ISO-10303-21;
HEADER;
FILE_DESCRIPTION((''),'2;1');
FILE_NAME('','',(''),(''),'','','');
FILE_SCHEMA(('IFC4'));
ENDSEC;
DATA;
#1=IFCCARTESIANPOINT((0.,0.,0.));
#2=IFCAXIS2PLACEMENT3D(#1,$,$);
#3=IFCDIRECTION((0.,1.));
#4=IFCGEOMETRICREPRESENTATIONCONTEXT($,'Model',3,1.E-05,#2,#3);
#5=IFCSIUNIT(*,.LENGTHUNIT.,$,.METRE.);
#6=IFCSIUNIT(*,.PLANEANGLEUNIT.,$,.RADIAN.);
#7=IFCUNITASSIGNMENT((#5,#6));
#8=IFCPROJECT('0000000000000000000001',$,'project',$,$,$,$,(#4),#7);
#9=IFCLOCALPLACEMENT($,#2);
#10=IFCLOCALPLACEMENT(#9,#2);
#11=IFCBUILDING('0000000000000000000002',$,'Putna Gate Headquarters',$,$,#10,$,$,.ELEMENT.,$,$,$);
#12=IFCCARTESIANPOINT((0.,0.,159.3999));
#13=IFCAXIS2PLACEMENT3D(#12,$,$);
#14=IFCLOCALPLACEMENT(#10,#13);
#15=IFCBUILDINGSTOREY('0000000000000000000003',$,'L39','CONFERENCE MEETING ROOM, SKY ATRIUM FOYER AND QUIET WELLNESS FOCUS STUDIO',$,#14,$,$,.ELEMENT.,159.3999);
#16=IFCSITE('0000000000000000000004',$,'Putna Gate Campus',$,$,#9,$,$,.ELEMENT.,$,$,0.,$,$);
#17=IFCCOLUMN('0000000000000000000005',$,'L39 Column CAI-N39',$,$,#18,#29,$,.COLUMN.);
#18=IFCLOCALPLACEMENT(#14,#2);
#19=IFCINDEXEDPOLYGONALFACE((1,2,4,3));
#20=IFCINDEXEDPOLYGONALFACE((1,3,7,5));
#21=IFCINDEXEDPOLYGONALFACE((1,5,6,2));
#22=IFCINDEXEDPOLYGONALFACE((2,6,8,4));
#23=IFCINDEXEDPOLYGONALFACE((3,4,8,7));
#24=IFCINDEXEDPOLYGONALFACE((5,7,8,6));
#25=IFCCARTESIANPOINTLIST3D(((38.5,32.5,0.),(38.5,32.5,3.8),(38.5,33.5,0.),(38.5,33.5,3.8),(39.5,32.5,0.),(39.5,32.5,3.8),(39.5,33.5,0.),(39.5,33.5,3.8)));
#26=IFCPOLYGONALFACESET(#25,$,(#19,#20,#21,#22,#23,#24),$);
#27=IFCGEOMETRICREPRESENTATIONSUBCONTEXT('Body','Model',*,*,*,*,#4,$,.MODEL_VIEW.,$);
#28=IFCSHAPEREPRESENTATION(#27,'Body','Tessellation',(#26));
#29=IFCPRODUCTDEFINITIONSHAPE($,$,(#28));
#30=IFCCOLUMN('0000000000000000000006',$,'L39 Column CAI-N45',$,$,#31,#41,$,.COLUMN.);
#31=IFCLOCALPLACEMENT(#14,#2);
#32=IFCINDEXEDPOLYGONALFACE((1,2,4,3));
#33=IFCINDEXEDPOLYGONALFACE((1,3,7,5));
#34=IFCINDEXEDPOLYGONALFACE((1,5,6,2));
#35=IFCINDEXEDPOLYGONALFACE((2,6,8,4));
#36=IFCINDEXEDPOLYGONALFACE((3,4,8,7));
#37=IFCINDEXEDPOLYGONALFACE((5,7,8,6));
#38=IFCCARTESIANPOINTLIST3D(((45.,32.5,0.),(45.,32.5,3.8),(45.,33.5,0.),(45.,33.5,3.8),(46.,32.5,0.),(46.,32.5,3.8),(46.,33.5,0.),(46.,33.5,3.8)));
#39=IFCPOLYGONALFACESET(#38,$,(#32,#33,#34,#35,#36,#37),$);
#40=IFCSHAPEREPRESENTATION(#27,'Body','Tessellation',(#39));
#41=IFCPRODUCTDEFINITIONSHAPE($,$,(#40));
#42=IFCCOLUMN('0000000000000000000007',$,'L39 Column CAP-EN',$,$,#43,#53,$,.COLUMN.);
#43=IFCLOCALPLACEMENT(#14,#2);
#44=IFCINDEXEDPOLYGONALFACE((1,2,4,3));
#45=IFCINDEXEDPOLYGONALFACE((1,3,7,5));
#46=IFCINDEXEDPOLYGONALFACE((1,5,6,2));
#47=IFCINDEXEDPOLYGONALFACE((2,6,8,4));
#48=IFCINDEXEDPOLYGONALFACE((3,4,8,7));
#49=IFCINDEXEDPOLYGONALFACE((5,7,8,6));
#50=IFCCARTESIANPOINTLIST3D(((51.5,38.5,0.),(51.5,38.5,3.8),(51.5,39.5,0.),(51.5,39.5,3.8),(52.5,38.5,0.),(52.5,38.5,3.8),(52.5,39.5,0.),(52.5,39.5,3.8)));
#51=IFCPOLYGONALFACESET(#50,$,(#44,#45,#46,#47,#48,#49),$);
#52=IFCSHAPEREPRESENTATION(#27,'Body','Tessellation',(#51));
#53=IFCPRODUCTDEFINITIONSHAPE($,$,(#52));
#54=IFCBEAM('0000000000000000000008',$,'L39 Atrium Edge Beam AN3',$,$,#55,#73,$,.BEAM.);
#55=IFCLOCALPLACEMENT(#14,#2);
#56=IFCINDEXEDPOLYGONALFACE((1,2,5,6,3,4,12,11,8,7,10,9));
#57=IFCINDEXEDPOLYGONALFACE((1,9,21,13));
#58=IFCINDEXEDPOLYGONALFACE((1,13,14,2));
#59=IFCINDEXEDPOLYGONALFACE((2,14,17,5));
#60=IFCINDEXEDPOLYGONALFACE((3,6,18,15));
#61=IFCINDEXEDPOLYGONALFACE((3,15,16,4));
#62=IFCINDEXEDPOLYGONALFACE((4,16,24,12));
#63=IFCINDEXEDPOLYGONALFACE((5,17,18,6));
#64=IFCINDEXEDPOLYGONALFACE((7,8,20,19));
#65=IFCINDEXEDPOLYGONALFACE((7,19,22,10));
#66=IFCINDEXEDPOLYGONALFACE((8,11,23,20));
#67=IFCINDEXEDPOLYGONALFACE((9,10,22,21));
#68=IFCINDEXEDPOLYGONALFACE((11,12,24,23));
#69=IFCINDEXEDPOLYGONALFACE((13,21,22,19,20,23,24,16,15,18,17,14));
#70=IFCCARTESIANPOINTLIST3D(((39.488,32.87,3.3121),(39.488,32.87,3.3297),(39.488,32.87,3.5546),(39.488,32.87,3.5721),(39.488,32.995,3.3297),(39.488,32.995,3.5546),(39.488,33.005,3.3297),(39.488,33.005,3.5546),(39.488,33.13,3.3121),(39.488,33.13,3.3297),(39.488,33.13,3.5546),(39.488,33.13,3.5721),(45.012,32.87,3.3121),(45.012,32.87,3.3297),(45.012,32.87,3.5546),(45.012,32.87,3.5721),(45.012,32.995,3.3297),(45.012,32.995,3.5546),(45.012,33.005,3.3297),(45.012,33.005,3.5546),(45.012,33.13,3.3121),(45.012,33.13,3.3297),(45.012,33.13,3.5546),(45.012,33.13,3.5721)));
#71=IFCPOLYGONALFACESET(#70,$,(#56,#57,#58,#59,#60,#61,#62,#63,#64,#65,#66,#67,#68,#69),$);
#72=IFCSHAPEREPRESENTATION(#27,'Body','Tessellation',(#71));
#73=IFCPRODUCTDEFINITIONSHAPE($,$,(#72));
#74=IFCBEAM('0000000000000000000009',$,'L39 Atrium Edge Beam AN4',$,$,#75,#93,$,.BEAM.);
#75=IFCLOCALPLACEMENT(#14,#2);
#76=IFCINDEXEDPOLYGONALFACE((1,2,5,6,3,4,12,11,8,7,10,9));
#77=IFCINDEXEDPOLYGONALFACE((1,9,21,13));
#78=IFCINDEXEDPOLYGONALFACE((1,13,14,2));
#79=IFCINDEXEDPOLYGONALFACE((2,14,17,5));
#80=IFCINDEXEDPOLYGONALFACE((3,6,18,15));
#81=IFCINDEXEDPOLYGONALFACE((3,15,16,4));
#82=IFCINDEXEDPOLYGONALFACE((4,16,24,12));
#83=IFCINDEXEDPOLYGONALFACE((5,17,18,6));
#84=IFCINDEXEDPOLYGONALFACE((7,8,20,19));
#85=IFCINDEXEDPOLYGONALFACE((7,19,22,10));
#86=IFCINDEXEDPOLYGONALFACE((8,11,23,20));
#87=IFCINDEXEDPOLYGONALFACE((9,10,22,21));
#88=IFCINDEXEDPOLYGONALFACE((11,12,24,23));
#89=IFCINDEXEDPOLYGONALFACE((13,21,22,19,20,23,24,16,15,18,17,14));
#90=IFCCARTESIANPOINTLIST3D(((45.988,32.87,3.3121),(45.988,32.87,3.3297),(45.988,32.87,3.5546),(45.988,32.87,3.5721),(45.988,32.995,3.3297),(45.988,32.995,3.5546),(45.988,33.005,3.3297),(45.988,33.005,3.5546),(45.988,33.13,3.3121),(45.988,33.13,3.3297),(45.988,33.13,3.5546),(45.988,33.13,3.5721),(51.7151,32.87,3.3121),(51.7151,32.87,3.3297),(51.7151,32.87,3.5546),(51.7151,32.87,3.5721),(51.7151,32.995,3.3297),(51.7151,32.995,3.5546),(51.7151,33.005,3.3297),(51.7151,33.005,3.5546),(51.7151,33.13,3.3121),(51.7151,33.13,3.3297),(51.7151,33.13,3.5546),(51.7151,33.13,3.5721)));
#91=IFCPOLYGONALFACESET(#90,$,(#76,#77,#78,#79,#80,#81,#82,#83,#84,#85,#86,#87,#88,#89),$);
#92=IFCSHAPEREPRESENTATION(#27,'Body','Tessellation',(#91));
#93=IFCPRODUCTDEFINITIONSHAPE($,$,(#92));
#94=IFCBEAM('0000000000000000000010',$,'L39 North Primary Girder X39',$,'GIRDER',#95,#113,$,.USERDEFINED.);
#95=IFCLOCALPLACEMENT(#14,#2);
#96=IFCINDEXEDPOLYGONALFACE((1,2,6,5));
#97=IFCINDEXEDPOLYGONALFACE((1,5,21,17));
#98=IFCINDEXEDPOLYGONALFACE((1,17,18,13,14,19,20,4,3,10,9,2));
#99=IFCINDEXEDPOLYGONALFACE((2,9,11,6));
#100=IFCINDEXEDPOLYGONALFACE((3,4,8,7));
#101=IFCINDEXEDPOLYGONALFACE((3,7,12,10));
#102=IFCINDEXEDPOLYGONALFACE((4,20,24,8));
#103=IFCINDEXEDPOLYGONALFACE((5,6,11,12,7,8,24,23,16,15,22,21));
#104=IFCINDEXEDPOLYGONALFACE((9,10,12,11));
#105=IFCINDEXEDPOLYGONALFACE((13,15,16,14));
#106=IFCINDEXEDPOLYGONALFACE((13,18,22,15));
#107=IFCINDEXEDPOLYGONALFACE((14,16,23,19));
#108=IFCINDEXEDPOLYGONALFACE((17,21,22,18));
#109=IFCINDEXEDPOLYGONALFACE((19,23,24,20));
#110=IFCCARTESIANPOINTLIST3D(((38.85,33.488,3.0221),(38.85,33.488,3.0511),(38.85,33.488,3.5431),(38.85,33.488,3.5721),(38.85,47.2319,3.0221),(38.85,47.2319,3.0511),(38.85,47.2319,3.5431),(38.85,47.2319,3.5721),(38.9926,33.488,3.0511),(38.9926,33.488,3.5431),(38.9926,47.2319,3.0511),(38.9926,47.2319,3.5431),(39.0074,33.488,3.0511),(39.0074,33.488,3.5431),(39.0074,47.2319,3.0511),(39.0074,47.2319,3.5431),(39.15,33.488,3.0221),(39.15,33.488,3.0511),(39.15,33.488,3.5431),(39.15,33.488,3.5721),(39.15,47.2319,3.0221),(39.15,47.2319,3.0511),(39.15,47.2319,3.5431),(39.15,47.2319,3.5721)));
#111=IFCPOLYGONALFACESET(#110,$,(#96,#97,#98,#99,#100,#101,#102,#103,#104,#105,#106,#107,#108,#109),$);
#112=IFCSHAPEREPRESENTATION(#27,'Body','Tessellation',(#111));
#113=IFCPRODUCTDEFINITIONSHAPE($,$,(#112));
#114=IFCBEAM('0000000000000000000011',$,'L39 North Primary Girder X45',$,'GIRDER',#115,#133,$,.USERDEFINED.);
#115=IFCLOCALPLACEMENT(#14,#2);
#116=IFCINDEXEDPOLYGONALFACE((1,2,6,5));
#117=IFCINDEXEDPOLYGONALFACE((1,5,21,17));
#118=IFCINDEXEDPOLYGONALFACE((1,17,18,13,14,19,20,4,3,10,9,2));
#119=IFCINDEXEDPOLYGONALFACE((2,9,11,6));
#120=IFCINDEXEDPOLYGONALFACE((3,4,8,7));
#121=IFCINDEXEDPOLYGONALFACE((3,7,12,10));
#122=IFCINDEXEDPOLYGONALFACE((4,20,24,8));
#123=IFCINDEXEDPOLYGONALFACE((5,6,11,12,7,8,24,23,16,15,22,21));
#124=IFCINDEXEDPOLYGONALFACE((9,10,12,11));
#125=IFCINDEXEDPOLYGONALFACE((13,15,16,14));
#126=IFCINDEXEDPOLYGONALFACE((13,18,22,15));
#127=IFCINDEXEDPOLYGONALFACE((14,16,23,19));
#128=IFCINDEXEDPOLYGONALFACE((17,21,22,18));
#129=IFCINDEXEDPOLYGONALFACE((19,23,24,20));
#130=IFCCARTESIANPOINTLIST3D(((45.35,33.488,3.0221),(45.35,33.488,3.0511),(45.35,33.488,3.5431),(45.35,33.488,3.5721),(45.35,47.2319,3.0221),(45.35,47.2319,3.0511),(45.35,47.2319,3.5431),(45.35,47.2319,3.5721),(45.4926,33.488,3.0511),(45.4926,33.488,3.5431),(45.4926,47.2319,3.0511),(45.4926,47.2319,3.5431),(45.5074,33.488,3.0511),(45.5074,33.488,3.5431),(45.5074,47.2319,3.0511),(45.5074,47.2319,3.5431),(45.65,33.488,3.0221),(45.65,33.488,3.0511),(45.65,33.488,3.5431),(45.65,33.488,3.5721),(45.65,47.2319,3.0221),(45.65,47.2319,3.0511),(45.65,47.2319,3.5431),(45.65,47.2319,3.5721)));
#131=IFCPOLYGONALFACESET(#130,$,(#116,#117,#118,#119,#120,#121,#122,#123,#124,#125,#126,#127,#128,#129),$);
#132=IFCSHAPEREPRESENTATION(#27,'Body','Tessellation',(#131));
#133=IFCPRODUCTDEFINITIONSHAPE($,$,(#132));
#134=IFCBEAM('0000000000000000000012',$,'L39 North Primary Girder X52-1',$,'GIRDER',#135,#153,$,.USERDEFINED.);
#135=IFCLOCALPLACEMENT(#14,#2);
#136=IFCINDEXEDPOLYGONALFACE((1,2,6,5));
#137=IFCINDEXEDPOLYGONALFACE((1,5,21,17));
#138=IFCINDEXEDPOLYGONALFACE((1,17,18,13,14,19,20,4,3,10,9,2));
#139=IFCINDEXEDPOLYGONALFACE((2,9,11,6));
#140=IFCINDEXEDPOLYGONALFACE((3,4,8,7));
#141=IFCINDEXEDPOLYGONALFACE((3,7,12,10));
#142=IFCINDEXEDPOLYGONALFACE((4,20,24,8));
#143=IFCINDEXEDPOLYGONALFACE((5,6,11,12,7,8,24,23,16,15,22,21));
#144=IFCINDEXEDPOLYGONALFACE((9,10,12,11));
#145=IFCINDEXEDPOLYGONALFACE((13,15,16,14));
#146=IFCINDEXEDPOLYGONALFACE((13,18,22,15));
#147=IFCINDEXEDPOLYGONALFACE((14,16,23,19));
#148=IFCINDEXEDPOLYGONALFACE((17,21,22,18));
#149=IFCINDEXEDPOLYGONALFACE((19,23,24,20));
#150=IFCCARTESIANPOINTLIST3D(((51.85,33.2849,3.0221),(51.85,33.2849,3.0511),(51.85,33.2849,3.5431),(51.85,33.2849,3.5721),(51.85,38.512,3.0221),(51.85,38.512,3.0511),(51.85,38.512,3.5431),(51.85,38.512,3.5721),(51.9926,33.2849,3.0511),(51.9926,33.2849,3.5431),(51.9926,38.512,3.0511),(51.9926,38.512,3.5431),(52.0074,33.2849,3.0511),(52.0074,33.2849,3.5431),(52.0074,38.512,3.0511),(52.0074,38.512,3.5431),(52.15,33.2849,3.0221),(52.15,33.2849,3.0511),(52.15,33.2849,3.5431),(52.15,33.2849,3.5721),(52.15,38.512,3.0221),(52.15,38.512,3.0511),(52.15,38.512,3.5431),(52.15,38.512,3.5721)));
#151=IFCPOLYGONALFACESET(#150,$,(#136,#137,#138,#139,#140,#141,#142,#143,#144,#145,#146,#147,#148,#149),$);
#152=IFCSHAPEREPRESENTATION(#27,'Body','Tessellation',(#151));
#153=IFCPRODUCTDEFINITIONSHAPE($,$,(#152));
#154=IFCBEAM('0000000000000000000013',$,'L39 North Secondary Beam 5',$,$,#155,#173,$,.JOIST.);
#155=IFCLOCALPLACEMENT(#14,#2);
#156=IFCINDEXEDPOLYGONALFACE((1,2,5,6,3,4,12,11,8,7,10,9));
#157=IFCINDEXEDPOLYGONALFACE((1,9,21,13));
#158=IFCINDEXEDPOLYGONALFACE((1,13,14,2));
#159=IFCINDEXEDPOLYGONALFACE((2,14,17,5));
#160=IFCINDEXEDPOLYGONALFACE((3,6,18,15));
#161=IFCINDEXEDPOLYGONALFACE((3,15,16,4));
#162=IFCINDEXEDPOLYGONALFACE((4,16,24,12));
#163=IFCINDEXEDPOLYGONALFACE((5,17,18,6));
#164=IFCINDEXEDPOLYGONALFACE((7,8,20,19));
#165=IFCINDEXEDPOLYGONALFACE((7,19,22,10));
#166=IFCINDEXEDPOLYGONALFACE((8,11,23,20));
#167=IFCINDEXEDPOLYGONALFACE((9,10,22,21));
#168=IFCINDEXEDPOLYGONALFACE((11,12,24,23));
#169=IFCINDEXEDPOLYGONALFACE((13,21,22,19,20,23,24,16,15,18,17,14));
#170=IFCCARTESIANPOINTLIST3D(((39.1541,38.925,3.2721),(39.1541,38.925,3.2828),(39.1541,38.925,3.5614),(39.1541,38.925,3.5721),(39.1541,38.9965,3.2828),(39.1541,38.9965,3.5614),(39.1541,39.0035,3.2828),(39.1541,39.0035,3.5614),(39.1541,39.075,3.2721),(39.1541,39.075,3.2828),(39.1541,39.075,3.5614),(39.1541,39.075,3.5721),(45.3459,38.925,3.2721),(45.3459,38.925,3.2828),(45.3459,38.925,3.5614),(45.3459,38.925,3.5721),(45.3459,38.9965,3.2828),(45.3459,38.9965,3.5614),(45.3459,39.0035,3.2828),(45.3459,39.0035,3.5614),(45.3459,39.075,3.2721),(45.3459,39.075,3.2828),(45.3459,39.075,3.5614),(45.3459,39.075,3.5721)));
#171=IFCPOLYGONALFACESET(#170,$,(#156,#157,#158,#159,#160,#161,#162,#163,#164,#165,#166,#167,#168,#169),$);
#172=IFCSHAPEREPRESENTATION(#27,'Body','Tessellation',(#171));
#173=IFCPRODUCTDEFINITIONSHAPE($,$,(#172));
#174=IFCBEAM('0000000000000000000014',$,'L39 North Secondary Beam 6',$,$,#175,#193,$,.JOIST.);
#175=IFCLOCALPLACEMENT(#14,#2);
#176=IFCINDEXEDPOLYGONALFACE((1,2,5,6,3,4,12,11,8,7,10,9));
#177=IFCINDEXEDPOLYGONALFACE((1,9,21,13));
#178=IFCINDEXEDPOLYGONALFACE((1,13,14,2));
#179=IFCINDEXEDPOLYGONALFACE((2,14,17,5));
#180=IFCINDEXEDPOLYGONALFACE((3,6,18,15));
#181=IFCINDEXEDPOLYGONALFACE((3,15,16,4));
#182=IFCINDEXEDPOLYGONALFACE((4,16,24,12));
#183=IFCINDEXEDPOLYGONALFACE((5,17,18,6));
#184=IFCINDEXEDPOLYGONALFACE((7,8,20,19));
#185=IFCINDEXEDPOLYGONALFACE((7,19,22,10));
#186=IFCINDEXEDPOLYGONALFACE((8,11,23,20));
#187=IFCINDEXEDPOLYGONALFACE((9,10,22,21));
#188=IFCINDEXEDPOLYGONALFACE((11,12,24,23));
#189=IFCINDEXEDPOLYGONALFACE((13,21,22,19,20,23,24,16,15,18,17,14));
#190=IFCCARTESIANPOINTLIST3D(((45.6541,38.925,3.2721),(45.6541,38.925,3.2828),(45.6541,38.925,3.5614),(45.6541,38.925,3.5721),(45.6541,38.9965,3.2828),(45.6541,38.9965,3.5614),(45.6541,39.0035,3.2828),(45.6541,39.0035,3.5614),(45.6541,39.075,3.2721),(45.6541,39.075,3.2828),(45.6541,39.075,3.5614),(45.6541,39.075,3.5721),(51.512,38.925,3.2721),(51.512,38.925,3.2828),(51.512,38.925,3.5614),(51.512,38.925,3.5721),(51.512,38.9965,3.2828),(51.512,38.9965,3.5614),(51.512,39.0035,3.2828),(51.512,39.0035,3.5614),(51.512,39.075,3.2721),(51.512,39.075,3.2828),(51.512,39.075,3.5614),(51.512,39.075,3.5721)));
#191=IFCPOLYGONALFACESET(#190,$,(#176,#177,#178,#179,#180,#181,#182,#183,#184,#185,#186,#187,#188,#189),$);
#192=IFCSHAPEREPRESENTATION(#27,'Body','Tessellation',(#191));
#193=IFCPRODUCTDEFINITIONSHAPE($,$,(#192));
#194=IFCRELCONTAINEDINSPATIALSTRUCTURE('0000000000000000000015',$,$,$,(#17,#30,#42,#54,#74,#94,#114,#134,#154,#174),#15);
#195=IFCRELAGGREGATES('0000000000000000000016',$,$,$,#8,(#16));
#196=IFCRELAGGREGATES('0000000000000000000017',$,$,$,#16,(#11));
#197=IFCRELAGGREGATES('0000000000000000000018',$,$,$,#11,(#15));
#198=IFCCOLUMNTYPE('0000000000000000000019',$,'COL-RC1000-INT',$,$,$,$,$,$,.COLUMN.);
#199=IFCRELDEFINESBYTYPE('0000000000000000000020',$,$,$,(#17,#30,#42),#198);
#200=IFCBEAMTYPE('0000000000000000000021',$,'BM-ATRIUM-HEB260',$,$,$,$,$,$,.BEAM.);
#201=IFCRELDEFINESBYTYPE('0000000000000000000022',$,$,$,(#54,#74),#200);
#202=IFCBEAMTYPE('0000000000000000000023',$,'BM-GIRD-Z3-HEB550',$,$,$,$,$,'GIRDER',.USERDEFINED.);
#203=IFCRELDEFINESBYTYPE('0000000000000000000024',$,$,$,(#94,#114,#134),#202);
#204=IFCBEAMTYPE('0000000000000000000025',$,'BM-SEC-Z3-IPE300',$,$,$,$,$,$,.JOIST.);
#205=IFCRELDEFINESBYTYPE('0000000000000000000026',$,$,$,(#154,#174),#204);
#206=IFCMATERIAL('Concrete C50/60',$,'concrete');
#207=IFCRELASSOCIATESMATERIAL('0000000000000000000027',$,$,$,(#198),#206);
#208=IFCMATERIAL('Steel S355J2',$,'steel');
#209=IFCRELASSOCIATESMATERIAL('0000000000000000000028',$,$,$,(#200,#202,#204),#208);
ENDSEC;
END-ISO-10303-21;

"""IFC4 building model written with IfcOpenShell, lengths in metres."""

from ifc_helpers import new_model, si_unit, direction, frame, origin, origin_2d, place, context, subcontext, project, spatial, rectangle, i_section, extrude, material, material_profile, profile_set, type_object, element, save


model = new_model("IFC4")

# Units and contexts
model_context = context("Model", 3, precision=1e-05, world=origin(), true_north=direction((0.0, 1.0)))
body_context = subcontext(model_context, "Body", "Model", "MODEL_VIEW")
ifc_project = project(units=[si_unit("LENGTHUNIT", "METRE"), si_unit("PLANEANGLEUNIT", "RADIAN")], contexts=[model_context])

# Site, building, storey
site_placement = place(None, origin())
site = spatial("IfcSite", under=ifc_project, at=site_placement, Name="Putna Gate Campus", CompositionType="ELEMENT", RefElevation=0.0)
building_placement = place(site_placement, origin())
building = spatial("IfcBuilding", under=site, at=building_placement, Name="Putna Gate Headquarters", CompositionType="ELEMENT")
storey_placement = place(building_placement, frame((0.0, 0.0, 159.3999)))
storey = spatial("IfcBuildingStorey", under=building, at=storey_placement, Name="L39", Description="CONFERENCE MEETING ROOM, SKY ATRIUM FOYER AND QUIET WELLNESS FOCUS STUDIO", CompositionType="ELEMENT", Elevation=159.3999)

# Columns
ifc_material_1 = material(Name="Concrete C50/60", Category="concrete")
ifc_material_profile_1 = material_profile(ifc_material_1, rectangle(XDim=1.0, YDim=1.0, at=origin_2d()), Name="Concrete C50/60")
ifc_profile_set_1 = profile_set([ifc_material_profile_1], Name="Concrete C50/60")
column_type = type_object("IfcColumnType", Name="COL-RC1000-INT", PredefinedType="COLUMN", material=ifc_profile_set_1)
for number, where, z_axis, x_axis, name in (
    (1, (39.0, 33.0, 0.0), (0.0, 0.0, 1.0), (1.0, 0.0, 0.0), "L39 Column CAI-N39"),
    (2, (45.5, 33.0, 0.0), (0.0, 0.0, 1.0), (1.0, 0.0, 0.0), "L39 Column CAI-N45"),
    (3, (52.0, 39.0, 0.0), (0.0, 0.0, 1.0), (1.0, 0.0, 0.0), "L39 Column CAP-EN"),
):
    element("IfcColumn", number, at=place(storey_placement, frame(where, z_axis=z_axis, x_axis=x_axis)), inside=storey, type_object=column_type, Name=name, PredefinedType="COLUMN", context=body_context, shape_type="SweptSolid", body=[
        extrude(rectangle(XDim=1.0, YDim=1.0, at=origin_2d()), origin(), (0.0, 0.0, 1.0), 3.8),
    ])

# Beams
ifc_material_2 = material(Name="Steel S355J2", Category="steel")
ifc_material_profile_2 = material_profile(ifc_material_2, i_section(OverallWidth=0.26, OverallDepth=0.26, WebThickness=0.01, FlangeThickness=0.0176, at=origin_2d()), Name="Steel S355J2")
ifc_profile_set_2 = profile_set([ifc_material_profile_2], Name="Steel S355J2")
beam_type_1 = type_object("IfcBeamType", Name="BM-ATRIUM-HEB260", PredefinedType="BEAM", material=ifc_profile_set_2)
beam_1_placement = place(storey_placement, frame((39.488, 33.0, 3.4421), z_axis=(1.0, 0.0, 0.0), x_axis=(0.0, 1.0, 0.0)))
element("IfcBeam", 4, at=beam_1_placement, inside=storey, type_object=beam_type_1, Name="L39 Atrium Edge Beam AN3", PredefinedType="BEAM", context=body_context, shape_type="SweptSolid", body=[
    extrude(i_section(OverallWidth=0.26, OverallDepth=0.26, WebThickness=0.01, FlangeThickness=0.0176, at=origin_2d()), origin(), (0.0, 0.0, 1.0), 5.5239),
])
beam_2_placement = place(storey_placement, frame((45.988, 33.0, 3.4421), z_axis=(1.0, 0.0, 0.0), x_axis=(0.0, 1.0, 0.0)))
element("IfcBeam", 5, at=beam_2_placement, inside=storey, type_object=beam_type_1, Name="L39 Atrium Edge Beam AN4", PredefinedType="BEAM", context=body_context, shape_type="SweptSolid", body=[
    extrude(i_section(OverallWidth=0.26, OverallDepth=0.26, WebThickness=0.01, FlangeThickness=0.0176, at=origin_2d()), origin(), (0.0, 0.0, 1.0), 5.7271),
])
ifc_material_profile_3 = material_profile(ifc_material_2, i_section(OverallWidth=0.3, OverallDepth=0.55, WebThickness=0.0149, FlangeThickness=0.0291, at=origin_2d()), Name="Steel S355J2")
ifc_profile_set_3 = profile_set([ifc_material_profile_3], Name="Steel S355J2")
beam_type_2 = type_object("IfcBeamType", Name="BM-GIRD-Z3-HEB550", ElementType="GIRDER", PredefinedType="USERDEFINED", material=ifc_profile_set_3)
for number, where, z_axis, x_axis, name in (
    (6, (39.0, 33.488, 3.2971), (0.0, 1.0, 0.0), (-1.0, 0.0, 0.0), "L39 North Primary Girder X39"),
    (7, (45.5, 33.488, 3.2971), (0.0, 1.0, 0.0), (-1.0, 0.0, 0.0), "L39 North Primary Girder X45"),
):
    element("IfcBeam", number, at=place(storey_placement, frame(where, z_axis=z_axis, x_axis=x_axis)), inside=storey, type_object=beam_type_2, Name=name, ObjectType="GIRDER", PredefinedType="USERDEFINED", context=body_context, shape_type="SweptSolid", body=[
        extrude(i_section(OverallWidth=0.3, OverallDepth=0.55, WebThickness=0.0149, FlangeThickness=0.0291, at=origin_2d()), origin(), (0.0, 0.0, 1.0), 13.7439),
    ])
beam_3_placement = place(storey_placement, frame((52.0, 33.2849, 3.2971), z_axis=(0.0, 1.0, 0.0), x_axis=(-1.0, 0.0, 0.0)))
element("IfcBeam", 8, at=beam_3_placement, inside=storey, type_object=beam_type_2, Name="L39 North Primary Girder X52-1", ObjectType="GIRDER", PredefinedType="USERDEFINED", context=body_context, shape_type="SweptSolid", body=[
    extrude(i_section(OverallWidth=0.3, OverallDepth=0.55, WebThickness=0.0149, FlangeThickness=0.0291, at=origin_2d()), origin(), (0.0, 0.0, 1.0), 5.2271),
])
ifc_material_profile_4 = material_profile(ifc_material_2, i_section(OverallWidth=0.1499, OverallDepth=0.3, WebThickness=0.0071, FlangeThickness=0.0107, at=origin_2d()), Name="Steel S355J2")
ifc_profile_set_4 = profile_set([ifc_material_profile_4], Name="Steel S355J2")
beam_type_3 = type_object("IfcBeamType", Name="BM-SEC-Z3-IPE300", PredefinedType="JOIST", material=ifc_profile_set_4)
beam_4_placement = place(storey_placement, frame((39.1541, 39.0, 3.4221), z_axis=(1.0, 0.0, 0.0), x_axis=(0.0, 1.0, 0.0)))
element("IfcBeam", 9, at=beam_4_placement, inside=storey, type_object=beam_type_3, Name="L39 North Secondary Beam 5", PredefinedType="JOIST", context=body_context, shape_type="SweptSolid", body=[
    extrude(i_section(OverallWidth=0.1499, OverallDepth=0.3, WebThickness=0.0071, FlangeThickness=0.0107, at=origin_2d()), origin(), (0.0, 0.0, 1.0), 6.1919),
])
beam_5_placement = place(storey_placement, frame((45.6541, 39.0, 3.4221), z_axis=(1.0, 0.0, 0.0), x_axis=(0.0, 1.0, 0.0)))
element("IfcBeam", 10, at=beam_5_placement, inside=storey, type_object=beam_type_3, Name="L39 North Secondary Beam 6", PredefinedType="JOIST", context=body_context, shape_type="SweptSolid", body=[
    extrude(i_section(OverallWidth=0.1499, OverallDepth=0.3, WebThickness=0.0071, FlangeThickness=0.0107, at=origin_2d()), origin(), (0.0, 0.0, 1.0), 5.8579),
])

save(model, "model.ifc")
